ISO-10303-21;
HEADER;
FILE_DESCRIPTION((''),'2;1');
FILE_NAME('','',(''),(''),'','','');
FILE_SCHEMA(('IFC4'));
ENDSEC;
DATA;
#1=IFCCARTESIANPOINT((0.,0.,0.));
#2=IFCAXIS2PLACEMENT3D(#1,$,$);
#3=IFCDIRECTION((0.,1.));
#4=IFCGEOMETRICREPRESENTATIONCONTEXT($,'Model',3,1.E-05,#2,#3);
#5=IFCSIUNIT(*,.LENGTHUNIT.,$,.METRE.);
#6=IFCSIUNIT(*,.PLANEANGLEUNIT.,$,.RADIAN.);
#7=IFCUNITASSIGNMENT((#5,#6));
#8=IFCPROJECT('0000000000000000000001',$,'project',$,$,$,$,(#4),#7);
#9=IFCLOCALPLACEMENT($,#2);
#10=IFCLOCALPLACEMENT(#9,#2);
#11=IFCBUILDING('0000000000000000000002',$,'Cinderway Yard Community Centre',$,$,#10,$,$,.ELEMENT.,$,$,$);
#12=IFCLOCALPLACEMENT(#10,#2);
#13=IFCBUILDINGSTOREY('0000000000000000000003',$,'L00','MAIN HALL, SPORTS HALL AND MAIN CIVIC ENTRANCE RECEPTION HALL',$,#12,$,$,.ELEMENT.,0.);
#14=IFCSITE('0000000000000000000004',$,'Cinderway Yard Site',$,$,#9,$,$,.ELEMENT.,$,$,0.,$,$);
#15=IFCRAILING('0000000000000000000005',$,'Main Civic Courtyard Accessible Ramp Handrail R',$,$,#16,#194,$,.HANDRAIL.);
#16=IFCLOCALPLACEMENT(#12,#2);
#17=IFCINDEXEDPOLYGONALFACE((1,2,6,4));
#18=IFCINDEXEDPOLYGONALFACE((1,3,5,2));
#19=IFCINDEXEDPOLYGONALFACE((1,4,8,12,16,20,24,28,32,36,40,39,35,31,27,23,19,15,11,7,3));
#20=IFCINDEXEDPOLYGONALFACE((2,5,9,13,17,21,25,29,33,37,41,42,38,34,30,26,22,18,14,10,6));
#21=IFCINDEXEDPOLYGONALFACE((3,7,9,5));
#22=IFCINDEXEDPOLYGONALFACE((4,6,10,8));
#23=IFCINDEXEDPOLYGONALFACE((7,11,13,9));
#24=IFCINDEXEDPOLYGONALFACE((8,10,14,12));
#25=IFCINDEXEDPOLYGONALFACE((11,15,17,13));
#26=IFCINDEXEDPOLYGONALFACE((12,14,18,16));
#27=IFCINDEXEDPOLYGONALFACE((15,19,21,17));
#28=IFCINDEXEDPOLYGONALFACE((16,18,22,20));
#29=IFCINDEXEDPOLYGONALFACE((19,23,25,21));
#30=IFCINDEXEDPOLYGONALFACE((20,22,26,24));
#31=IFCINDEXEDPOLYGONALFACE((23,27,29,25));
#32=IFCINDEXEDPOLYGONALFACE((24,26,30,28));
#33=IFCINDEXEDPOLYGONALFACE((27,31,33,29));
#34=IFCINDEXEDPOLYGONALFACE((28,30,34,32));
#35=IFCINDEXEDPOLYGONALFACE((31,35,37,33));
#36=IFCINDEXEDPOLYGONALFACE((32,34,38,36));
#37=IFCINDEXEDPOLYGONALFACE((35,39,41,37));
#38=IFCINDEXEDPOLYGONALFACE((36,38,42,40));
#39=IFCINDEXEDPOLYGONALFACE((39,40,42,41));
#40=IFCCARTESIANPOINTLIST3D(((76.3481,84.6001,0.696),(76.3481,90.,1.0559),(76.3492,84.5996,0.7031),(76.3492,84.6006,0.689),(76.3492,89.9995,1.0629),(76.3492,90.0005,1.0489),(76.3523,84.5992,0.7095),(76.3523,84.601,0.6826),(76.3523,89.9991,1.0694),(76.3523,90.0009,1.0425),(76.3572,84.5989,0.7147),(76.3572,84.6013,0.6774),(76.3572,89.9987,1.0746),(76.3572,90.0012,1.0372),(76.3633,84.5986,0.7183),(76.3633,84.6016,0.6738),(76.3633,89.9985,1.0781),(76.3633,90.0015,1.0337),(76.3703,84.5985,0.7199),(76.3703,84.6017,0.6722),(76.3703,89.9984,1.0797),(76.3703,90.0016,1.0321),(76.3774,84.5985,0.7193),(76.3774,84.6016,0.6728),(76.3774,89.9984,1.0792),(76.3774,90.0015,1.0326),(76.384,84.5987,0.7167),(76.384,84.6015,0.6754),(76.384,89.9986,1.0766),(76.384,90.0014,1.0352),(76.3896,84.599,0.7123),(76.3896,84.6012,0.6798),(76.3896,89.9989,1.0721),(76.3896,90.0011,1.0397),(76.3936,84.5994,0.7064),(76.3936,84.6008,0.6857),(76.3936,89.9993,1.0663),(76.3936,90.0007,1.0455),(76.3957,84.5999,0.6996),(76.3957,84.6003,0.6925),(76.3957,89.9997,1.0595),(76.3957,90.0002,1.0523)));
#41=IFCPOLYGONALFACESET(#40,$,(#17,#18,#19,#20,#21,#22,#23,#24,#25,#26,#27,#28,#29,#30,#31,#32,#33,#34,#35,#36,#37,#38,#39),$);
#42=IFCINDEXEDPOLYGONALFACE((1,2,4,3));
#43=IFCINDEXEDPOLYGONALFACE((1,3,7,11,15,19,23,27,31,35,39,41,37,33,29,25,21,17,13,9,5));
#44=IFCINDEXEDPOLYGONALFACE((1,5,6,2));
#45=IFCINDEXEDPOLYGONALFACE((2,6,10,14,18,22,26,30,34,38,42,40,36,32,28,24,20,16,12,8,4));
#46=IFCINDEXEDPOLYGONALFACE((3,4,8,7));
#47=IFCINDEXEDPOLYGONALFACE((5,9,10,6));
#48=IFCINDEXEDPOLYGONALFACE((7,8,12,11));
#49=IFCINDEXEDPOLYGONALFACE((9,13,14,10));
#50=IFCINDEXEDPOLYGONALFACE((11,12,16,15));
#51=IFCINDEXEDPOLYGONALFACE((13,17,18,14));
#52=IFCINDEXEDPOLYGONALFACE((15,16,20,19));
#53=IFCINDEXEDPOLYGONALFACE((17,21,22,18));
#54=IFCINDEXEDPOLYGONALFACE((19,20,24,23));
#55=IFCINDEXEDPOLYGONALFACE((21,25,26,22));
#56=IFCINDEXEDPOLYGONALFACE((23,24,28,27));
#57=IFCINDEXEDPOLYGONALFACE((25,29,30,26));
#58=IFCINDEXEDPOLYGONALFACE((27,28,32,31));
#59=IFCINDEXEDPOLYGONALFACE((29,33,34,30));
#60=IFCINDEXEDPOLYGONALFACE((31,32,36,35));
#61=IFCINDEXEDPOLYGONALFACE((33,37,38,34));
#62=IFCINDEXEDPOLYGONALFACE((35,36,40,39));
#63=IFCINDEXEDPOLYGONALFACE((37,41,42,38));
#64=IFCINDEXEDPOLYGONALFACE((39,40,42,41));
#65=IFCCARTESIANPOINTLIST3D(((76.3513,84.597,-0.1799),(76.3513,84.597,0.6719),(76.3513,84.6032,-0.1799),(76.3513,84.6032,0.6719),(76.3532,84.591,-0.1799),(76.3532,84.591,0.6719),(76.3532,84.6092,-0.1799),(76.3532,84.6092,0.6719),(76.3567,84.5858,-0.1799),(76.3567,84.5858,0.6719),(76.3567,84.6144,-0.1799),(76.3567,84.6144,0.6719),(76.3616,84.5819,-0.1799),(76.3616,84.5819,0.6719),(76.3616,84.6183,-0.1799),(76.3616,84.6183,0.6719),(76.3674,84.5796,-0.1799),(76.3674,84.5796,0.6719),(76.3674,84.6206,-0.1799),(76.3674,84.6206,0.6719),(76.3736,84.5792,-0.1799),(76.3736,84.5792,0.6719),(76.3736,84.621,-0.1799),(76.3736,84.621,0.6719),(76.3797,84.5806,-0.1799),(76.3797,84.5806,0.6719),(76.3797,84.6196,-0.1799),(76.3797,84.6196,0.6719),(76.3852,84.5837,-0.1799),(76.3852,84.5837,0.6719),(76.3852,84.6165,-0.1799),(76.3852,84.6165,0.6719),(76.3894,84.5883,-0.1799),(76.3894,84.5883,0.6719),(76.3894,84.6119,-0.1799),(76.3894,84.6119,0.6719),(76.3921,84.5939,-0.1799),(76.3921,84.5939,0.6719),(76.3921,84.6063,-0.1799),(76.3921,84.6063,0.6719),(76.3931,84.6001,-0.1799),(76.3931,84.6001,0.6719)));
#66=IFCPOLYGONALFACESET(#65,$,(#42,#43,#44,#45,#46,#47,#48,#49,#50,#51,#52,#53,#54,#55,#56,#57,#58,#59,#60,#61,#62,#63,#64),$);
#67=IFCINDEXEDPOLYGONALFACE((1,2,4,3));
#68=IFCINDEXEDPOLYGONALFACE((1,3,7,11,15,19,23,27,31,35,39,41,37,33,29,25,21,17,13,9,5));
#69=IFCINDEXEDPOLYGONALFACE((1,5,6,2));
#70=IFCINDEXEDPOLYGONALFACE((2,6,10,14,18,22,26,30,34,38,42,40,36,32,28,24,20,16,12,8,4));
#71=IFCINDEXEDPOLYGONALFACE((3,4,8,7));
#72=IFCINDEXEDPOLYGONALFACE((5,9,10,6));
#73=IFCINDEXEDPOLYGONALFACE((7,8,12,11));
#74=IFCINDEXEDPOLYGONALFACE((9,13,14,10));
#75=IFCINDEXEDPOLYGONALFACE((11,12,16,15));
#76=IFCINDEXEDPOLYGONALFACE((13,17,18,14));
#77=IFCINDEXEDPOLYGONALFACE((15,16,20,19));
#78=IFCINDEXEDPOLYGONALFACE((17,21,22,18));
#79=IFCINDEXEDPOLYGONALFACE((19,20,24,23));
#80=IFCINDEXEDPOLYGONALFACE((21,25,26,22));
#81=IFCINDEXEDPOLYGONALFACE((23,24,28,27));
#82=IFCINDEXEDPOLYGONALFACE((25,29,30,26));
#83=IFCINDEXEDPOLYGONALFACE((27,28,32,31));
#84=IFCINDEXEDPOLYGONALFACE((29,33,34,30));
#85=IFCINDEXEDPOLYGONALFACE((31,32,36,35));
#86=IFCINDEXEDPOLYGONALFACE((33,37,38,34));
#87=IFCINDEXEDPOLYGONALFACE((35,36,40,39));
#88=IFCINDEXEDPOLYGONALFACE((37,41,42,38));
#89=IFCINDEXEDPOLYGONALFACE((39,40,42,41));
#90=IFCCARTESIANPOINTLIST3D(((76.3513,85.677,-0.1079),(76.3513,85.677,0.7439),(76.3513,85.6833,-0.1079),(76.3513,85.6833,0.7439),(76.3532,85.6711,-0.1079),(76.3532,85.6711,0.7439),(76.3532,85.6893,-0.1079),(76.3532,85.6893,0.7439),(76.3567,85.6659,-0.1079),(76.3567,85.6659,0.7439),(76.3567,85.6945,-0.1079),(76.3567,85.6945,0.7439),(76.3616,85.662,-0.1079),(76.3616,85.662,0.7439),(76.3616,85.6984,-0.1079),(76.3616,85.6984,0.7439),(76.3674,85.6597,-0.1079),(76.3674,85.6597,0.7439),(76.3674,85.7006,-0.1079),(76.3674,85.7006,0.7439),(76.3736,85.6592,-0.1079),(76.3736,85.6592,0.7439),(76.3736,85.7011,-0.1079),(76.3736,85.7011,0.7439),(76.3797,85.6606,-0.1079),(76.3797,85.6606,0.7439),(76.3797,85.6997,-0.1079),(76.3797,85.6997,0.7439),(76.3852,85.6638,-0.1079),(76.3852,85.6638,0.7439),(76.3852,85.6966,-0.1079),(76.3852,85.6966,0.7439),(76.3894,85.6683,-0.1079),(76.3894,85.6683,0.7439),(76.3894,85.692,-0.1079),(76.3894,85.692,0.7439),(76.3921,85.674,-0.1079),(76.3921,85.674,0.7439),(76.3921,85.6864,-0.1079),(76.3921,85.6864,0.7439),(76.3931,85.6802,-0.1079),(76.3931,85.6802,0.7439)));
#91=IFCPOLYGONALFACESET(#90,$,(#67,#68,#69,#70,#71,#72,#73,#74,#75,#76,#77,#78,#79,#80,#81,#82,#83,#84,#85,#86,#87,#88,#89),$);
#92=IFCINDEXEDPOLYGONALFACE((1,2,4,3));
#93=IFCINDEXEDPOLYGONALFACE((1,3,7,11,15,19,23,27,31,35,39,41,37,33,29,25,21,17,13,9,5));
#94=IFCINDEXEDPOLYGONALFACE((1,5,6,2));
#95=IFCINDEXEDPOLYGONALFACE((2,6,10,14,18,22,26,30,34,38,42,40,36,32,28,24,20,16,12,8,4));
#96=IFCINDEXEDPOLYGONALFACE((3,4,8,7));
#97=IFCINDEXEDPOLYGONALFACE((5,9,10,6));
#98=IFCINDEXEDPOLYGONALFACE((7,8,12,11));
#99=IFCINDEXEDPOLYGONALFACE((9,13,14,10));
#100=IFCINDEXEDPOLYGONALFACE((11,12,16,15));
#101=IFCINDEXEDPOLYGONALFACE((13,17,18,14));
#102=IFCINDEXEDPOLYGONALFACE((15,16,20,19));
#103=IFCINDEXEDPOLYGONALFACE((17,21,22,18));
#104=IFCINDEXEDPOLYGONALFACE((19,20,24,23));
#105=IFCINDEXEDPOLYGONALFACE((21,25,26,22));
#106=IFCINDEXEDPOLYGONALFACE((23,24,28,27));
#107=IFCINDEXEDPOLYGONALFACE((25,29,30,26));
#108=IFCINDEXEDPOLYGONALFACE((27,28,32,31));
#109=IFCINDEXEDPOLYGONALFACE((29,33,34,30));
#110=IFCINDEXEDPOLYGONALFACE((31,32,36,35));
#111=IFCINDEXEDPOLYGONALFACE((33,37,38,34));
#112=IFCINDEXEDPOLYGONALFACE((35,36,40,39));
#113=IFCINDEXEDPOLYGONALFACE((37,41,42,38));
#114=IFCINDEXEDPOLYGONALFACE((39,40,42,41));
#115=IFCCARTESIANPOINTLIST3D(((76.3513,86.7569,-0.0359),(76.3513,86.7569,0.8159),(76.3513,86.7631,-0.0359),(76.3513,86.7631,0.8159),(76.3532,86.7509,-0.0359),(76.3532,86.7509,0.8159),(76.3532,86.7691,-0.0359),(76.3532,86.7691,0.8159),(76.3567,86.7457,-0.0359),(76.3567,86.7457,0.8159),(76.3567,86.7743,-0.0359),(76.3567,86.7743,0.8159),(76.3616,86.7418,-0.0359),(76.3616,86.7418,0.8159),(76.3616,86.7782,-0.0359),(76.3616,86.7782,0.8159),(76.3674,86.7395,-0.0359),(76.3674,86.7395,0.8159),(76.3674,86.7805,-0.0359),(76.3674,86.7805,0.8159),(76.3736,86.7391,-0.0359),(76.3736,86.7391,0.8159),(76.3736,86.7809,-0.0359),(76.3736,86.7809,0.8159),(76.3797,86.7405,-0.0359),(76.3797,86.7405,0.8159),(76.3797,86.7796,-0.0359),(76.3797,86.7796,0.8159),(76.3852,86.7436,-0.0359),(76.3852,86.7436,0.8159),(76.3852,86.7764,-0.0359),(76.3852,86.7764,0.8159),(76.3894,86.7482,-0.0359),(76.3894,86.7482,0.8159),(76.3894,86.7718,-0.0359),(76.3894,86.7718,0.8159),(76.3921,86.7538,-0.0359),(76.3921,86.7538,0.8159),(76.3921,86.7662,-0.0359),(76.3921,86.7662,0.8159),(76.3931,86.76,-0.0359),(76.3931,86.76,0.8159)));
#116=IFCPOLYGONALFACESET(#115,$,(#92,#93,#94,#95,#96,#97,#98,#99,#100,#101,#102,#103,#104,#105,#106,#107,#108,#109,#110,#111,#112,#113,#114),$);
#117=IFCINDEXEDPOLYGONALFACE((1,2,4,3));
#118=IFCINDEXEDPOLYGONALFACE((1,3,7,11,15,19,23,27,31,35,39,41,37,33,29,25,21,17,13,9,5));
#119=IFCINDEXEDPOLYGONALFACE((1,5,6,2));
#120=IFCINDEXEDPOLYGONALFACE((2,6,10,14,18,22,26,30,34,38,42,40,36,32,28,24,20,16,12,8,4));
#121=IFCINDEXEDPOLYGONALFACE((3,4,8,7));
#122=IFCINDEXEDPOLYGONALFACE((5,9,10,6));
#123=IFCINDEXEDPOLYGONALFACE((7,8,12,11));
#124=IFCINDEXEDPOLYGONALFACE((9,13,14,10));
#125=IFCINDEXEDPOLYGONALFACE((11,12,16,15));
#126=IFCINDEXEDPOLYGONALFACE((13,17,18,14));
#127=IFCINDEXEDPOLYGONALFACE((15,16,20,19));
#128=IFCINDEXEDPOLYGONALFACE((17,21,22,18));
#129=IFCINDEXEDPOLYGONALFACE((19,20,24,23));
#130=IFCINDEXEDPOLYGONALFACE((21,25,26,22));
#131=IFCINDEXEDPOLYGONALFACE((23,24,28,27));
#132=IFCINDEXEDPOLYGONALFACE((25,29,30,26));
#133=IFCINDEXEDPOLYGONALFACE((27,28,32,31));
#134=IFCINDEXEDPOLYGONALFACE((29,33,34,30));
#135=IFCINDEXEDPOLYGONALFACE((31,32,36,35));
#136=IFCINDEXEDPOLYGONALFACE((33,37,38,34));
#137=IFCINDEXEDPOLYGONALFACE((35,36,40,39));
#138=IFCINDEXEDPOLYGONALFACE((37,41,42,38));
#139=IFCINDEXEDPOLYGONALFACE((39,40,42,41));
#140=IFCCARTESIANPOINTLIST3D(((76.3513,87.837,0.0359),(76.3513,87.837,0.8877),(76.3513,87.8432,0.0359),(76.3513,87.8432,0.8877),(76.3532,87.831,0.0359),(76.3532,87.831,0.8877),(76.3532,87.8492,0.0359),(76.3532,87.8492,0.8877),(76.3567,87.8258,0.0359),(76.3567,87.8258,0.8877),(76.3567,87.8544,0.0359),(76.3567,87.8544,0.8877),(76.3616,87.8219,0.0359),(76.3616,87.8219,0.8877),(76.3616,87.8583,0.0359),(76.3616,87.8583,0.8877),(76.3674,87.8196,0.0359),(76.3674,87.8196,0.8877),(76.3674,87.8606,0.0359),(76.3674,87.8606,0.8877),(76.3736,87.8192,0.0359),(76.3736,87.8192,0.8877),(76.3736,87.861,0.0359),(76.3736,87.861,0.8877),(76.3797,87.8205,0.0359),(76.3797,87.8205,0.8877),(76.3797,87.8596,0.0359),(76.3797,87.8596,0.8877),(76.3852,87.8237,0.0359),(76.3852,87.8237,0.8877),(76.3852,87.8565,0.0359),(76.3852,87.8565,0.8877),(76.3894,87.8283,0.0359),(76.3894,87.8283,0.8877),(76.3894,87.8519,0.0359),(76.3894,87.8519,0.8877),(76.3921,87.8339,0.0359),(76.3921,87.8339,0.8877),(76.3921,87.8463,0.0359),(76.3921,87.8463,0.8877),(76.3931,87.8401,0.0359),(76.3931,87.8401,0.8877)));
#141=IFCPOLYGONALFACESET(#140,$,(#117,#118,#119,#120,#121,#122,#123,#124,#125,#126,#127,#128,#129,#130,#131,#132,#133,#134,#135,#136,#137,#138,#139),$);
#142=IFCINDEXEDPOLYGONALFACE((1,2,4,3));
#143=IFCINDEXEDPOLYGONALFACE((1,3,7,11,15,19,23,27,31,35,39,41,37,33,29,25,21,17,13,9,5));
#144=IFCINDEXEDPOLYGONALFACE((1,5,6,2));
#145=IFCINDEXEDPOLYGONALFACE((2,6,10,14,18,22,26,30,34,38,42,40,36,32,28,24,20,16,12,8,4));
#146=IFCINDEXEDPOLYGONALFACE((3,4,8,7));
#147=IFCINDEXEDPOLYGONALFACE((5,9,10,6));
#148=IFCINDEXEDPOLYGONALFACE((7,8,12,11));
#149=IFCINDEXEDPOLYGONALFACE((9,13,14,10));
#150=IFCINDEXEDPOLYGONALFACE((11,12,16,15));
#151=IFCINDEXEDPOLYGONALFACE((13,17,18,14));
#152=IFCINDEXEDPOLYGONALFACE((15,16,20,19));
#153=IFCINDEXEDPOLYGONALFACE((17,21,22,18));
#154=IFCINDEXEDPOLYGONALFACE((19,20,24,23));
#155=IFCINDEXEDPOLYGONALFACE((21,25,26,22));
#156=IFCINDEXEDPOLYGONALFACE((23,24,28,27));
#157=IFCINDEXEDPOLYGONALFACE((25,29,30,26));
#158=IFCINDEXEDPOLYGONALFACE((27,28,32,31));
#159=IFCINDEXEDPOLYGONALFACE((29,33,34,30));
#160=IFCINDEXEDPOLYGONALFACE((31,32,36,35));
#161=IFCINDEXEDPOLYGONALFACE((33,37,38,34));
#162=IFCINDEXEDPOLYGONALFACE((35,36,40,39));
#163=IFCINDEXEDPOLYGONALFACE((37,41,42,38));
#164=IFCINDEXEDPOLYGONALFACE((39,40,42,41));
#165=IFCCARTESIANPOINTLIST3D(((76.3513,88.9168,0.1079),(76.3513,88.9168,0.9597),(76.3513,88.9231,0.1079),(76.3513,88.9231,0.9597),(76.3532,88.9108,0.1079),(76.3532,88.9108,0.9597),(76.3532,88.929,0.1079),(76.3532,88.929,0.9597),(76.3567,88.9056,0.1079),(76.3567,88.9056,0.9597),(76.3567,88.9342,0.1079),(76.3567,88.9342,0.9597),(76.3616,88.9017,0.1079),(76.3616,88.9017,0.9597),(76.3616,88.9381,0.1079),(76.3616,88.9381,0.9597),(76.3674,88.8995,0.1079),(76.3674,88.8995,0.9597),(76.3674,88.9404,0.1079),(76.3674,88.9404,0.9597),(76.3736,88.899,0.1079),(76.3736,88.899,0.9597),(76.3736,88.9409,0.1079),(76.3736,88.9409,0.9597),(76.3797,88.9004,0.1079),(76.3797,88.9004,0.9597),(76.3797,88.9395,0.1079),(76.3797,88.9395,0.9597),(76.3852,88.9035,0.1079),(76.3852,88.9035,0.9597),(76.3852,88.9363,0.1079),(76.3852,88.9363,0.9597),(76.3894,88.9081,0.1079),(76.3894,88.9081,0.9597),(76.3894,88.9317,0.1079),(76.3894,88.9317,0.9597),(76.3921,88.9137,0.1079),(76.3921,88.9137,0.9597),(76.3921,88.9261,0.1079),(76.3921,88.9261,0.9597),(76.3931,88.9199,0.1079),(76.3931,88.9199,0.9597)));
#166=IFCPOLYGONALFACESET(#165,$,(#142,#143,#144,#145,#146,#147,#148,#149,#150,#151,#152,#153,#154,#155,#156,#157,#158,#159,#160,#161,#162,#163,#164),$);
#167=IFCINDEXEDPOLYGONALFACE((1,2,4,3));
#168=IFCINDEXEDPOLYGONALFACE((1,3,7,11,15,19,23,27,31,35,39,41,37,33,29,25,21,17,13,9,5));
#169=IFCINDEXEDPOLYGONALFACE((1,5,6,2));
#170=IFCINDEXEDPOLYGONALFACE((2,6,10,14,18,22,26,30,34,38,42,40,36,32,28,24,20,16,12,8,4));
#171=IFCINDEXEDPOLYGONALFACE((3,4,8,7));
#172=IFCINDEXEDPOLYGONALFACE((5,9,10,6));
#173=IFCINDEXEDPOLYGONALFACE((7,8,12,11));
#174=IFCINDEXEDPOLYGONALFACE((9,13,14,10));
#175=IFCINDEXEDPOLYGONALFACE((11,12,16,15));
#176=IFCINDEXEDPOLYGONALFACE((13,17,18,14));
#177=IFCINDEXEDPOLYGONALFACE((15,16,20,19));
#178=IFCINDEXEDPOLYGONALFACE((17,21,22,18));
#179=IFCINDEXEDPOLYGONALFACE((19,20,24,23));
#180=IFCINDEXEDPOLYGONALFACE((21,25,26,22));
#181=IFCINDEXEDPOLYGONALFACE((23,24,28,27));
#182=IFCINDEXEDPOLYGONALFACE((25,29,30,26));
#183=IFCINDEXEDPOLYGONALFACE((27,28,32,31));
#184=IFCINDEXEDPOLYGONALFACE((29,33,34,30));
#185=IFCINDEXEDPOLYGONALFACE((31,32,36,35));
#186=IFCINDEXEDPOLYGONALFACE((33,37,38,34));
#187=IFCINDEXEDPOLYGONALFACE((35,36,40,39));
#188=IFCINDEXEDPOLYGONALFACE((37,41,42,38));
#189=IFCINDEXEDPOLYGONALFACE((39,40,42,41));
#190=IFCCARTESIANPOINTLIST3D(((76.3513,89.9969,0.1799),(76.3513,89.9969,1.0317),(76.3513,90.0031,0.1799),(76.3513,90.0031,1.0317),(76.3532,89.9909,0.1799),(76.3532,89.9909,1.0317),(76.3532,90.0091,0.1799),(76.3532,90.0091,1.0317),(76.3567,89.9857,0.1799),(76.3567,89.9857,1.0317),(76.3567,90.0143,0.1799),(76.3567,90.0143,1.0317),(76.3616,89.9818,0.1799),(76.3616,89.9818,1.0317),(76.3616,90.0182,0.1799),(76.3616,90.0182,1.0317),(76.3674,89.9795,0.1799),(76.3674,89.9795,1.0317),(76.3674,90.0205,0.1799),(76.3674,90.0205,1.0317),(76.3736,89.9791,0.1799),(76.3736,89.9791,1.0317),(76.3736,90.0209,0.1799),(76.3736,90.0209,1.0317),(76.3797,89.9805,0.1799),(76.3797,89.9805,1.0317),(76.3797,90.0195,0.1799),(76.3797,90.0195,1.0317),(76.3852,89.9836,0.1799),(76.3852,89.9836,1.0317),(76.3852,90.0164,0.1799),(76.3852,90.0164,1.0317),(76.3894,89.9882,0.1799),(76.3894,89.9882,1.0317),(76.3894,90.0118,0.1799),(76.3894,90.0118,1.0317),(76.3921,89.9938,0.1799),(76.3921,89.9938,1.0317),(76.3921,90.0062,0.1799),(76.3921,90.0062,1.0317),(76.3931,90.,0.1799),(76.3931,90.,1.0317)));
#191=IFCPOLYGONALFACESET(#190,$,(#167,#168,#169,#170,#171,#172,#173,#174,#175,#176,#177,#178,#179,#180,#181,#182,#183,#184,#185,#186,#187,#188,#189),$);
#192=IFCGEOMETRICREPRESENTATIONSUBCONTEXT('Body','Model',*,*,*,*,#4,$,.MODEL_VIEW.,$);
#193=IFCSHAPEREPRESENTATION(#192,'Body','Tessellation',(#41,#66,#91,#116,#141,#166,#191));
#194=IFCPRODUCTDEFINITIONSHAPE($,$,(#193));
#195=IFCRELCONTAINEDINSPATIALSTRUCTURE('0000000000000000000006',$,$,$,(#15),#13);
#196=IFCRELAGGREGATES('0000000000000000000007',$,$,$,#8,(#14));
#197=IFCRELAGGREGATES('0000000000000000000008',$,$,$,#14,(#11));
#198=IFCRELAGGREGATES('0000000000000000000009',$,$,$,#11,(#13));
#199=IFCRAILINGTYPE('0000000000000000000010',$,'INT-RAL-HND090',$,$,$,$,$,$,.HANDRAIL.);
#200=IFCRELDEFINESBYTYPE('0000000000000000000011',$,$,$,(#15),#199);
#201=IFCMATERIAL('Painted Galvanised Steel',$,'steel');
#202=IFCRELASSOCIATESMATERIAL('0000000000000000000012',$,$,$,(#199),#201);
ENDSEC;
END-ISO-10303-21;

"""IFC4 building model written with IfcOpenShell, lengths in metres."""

from ifc_helpers import new_model, si_unit, direction, frame, origin, origin_2d, place, context, subcontext, project, spatial, circle, extrude, material, type_object, element, save


model = new_model("IFC4")

# Units and contexts
model_context = context("Model", 3, precision=1e-05, world=origin(), true_north=direction((0.0, 1.0)))
body_context = subcontext(model_context, "Body", "Model", "MODEL_VIEW")
ifc_project = project(units=[si_unit("LENGTHUNIT", "METRE"), si_unit("PLANEANGLEUNIT", "RADIAN")], contexts=[model_context])

# Site, building, storey
site_placement = place(None, origin())
site = spatial("IfcSite", under=ifc_project, at=site_placement, Name="Cinderway Yard Site", CompositionType="ELEMENT", RefElevation=0.0)
building_placement = place(site_placement, origin())
building = spatial("IfcBuilding", under=site, at=building_placement, Name="Cinderway Yard Community Centre", CompositionType="ELEMENT")
storey_placement = place(building_placement, origin())
storey = spatial("IfcBuildingStorey", under=building, at=storey_placement, Name="L00", Description="MAIN HALL, SPORTS HALL AND MAIN CIVIC ENTRANCE RECEPTION HALL", CompositionType="ELEMENT", Elevation=0.0)

# Railing
ifc_material_1 = material(Name="Painted Galvanised Steel", Category="steel")
railing_type = type_object("IfcRailingType", Name="INT-RAL-HND090", PredefinedType="HANDRAIL", material=ifc_material_1)
for number, where, name in (
    (1, (76.3721, 84.6001, -0.1799), "Main Civic Courtyard Accessible Ramp Handrail R"),
):
    element("IfcRailing", number, at=place(storey_placement, frame(where)), inside=storey, type_object=railing_type, Name=name, PredefinedType="HANDRAIL", context=body_context, shape_type="SweptSolid", body=[
        extrude(circle(Radius=0.0239, at=origin_2d()), frame((0.0, 0.0, 0.876), z_axis=(0.0, 0.997787, 0.066495), x_axis=(-1.0, 0.0, 0.0)), (0.0, 0.0, 1.0), 5.4119),
        extrude(circle(Radius=0.021, at=origin_2d()), origin(), (0.0, 0.0, 1.0), 0.8518),
        extrude(circle(Radius=0.021, at=origin_2d()), frame((0.0, 1.0801, 0.072)), (0.0, 0.0, 1.0), 0.8518),
        extrude(circle(Radius=0.021, at=origin_2d()), frame((0.0, 2.1599, 0.144)), (0.0, 0.0, 1.0), 0.8518),
        extrude(circle(Radius=0.021, at=origin_2d()), frame((0.0, 3.24, 0.2158)), (0.0, 0.0, 1.0), 0.8518),
        extrude(circle(Radius=0.021, at=origin_2d()), frame((0.0, 4.3198, 0.2878)), (0.0, 0.0, 1.0), 0.8518),
        extrude(circle(Radius=0.021, at=origin_2d()), frame((0.0, 5.3999, 0.3599)), (0.0, 0.0, 1.0), 0.8518),
    ])

save(model, "model.ifc")
